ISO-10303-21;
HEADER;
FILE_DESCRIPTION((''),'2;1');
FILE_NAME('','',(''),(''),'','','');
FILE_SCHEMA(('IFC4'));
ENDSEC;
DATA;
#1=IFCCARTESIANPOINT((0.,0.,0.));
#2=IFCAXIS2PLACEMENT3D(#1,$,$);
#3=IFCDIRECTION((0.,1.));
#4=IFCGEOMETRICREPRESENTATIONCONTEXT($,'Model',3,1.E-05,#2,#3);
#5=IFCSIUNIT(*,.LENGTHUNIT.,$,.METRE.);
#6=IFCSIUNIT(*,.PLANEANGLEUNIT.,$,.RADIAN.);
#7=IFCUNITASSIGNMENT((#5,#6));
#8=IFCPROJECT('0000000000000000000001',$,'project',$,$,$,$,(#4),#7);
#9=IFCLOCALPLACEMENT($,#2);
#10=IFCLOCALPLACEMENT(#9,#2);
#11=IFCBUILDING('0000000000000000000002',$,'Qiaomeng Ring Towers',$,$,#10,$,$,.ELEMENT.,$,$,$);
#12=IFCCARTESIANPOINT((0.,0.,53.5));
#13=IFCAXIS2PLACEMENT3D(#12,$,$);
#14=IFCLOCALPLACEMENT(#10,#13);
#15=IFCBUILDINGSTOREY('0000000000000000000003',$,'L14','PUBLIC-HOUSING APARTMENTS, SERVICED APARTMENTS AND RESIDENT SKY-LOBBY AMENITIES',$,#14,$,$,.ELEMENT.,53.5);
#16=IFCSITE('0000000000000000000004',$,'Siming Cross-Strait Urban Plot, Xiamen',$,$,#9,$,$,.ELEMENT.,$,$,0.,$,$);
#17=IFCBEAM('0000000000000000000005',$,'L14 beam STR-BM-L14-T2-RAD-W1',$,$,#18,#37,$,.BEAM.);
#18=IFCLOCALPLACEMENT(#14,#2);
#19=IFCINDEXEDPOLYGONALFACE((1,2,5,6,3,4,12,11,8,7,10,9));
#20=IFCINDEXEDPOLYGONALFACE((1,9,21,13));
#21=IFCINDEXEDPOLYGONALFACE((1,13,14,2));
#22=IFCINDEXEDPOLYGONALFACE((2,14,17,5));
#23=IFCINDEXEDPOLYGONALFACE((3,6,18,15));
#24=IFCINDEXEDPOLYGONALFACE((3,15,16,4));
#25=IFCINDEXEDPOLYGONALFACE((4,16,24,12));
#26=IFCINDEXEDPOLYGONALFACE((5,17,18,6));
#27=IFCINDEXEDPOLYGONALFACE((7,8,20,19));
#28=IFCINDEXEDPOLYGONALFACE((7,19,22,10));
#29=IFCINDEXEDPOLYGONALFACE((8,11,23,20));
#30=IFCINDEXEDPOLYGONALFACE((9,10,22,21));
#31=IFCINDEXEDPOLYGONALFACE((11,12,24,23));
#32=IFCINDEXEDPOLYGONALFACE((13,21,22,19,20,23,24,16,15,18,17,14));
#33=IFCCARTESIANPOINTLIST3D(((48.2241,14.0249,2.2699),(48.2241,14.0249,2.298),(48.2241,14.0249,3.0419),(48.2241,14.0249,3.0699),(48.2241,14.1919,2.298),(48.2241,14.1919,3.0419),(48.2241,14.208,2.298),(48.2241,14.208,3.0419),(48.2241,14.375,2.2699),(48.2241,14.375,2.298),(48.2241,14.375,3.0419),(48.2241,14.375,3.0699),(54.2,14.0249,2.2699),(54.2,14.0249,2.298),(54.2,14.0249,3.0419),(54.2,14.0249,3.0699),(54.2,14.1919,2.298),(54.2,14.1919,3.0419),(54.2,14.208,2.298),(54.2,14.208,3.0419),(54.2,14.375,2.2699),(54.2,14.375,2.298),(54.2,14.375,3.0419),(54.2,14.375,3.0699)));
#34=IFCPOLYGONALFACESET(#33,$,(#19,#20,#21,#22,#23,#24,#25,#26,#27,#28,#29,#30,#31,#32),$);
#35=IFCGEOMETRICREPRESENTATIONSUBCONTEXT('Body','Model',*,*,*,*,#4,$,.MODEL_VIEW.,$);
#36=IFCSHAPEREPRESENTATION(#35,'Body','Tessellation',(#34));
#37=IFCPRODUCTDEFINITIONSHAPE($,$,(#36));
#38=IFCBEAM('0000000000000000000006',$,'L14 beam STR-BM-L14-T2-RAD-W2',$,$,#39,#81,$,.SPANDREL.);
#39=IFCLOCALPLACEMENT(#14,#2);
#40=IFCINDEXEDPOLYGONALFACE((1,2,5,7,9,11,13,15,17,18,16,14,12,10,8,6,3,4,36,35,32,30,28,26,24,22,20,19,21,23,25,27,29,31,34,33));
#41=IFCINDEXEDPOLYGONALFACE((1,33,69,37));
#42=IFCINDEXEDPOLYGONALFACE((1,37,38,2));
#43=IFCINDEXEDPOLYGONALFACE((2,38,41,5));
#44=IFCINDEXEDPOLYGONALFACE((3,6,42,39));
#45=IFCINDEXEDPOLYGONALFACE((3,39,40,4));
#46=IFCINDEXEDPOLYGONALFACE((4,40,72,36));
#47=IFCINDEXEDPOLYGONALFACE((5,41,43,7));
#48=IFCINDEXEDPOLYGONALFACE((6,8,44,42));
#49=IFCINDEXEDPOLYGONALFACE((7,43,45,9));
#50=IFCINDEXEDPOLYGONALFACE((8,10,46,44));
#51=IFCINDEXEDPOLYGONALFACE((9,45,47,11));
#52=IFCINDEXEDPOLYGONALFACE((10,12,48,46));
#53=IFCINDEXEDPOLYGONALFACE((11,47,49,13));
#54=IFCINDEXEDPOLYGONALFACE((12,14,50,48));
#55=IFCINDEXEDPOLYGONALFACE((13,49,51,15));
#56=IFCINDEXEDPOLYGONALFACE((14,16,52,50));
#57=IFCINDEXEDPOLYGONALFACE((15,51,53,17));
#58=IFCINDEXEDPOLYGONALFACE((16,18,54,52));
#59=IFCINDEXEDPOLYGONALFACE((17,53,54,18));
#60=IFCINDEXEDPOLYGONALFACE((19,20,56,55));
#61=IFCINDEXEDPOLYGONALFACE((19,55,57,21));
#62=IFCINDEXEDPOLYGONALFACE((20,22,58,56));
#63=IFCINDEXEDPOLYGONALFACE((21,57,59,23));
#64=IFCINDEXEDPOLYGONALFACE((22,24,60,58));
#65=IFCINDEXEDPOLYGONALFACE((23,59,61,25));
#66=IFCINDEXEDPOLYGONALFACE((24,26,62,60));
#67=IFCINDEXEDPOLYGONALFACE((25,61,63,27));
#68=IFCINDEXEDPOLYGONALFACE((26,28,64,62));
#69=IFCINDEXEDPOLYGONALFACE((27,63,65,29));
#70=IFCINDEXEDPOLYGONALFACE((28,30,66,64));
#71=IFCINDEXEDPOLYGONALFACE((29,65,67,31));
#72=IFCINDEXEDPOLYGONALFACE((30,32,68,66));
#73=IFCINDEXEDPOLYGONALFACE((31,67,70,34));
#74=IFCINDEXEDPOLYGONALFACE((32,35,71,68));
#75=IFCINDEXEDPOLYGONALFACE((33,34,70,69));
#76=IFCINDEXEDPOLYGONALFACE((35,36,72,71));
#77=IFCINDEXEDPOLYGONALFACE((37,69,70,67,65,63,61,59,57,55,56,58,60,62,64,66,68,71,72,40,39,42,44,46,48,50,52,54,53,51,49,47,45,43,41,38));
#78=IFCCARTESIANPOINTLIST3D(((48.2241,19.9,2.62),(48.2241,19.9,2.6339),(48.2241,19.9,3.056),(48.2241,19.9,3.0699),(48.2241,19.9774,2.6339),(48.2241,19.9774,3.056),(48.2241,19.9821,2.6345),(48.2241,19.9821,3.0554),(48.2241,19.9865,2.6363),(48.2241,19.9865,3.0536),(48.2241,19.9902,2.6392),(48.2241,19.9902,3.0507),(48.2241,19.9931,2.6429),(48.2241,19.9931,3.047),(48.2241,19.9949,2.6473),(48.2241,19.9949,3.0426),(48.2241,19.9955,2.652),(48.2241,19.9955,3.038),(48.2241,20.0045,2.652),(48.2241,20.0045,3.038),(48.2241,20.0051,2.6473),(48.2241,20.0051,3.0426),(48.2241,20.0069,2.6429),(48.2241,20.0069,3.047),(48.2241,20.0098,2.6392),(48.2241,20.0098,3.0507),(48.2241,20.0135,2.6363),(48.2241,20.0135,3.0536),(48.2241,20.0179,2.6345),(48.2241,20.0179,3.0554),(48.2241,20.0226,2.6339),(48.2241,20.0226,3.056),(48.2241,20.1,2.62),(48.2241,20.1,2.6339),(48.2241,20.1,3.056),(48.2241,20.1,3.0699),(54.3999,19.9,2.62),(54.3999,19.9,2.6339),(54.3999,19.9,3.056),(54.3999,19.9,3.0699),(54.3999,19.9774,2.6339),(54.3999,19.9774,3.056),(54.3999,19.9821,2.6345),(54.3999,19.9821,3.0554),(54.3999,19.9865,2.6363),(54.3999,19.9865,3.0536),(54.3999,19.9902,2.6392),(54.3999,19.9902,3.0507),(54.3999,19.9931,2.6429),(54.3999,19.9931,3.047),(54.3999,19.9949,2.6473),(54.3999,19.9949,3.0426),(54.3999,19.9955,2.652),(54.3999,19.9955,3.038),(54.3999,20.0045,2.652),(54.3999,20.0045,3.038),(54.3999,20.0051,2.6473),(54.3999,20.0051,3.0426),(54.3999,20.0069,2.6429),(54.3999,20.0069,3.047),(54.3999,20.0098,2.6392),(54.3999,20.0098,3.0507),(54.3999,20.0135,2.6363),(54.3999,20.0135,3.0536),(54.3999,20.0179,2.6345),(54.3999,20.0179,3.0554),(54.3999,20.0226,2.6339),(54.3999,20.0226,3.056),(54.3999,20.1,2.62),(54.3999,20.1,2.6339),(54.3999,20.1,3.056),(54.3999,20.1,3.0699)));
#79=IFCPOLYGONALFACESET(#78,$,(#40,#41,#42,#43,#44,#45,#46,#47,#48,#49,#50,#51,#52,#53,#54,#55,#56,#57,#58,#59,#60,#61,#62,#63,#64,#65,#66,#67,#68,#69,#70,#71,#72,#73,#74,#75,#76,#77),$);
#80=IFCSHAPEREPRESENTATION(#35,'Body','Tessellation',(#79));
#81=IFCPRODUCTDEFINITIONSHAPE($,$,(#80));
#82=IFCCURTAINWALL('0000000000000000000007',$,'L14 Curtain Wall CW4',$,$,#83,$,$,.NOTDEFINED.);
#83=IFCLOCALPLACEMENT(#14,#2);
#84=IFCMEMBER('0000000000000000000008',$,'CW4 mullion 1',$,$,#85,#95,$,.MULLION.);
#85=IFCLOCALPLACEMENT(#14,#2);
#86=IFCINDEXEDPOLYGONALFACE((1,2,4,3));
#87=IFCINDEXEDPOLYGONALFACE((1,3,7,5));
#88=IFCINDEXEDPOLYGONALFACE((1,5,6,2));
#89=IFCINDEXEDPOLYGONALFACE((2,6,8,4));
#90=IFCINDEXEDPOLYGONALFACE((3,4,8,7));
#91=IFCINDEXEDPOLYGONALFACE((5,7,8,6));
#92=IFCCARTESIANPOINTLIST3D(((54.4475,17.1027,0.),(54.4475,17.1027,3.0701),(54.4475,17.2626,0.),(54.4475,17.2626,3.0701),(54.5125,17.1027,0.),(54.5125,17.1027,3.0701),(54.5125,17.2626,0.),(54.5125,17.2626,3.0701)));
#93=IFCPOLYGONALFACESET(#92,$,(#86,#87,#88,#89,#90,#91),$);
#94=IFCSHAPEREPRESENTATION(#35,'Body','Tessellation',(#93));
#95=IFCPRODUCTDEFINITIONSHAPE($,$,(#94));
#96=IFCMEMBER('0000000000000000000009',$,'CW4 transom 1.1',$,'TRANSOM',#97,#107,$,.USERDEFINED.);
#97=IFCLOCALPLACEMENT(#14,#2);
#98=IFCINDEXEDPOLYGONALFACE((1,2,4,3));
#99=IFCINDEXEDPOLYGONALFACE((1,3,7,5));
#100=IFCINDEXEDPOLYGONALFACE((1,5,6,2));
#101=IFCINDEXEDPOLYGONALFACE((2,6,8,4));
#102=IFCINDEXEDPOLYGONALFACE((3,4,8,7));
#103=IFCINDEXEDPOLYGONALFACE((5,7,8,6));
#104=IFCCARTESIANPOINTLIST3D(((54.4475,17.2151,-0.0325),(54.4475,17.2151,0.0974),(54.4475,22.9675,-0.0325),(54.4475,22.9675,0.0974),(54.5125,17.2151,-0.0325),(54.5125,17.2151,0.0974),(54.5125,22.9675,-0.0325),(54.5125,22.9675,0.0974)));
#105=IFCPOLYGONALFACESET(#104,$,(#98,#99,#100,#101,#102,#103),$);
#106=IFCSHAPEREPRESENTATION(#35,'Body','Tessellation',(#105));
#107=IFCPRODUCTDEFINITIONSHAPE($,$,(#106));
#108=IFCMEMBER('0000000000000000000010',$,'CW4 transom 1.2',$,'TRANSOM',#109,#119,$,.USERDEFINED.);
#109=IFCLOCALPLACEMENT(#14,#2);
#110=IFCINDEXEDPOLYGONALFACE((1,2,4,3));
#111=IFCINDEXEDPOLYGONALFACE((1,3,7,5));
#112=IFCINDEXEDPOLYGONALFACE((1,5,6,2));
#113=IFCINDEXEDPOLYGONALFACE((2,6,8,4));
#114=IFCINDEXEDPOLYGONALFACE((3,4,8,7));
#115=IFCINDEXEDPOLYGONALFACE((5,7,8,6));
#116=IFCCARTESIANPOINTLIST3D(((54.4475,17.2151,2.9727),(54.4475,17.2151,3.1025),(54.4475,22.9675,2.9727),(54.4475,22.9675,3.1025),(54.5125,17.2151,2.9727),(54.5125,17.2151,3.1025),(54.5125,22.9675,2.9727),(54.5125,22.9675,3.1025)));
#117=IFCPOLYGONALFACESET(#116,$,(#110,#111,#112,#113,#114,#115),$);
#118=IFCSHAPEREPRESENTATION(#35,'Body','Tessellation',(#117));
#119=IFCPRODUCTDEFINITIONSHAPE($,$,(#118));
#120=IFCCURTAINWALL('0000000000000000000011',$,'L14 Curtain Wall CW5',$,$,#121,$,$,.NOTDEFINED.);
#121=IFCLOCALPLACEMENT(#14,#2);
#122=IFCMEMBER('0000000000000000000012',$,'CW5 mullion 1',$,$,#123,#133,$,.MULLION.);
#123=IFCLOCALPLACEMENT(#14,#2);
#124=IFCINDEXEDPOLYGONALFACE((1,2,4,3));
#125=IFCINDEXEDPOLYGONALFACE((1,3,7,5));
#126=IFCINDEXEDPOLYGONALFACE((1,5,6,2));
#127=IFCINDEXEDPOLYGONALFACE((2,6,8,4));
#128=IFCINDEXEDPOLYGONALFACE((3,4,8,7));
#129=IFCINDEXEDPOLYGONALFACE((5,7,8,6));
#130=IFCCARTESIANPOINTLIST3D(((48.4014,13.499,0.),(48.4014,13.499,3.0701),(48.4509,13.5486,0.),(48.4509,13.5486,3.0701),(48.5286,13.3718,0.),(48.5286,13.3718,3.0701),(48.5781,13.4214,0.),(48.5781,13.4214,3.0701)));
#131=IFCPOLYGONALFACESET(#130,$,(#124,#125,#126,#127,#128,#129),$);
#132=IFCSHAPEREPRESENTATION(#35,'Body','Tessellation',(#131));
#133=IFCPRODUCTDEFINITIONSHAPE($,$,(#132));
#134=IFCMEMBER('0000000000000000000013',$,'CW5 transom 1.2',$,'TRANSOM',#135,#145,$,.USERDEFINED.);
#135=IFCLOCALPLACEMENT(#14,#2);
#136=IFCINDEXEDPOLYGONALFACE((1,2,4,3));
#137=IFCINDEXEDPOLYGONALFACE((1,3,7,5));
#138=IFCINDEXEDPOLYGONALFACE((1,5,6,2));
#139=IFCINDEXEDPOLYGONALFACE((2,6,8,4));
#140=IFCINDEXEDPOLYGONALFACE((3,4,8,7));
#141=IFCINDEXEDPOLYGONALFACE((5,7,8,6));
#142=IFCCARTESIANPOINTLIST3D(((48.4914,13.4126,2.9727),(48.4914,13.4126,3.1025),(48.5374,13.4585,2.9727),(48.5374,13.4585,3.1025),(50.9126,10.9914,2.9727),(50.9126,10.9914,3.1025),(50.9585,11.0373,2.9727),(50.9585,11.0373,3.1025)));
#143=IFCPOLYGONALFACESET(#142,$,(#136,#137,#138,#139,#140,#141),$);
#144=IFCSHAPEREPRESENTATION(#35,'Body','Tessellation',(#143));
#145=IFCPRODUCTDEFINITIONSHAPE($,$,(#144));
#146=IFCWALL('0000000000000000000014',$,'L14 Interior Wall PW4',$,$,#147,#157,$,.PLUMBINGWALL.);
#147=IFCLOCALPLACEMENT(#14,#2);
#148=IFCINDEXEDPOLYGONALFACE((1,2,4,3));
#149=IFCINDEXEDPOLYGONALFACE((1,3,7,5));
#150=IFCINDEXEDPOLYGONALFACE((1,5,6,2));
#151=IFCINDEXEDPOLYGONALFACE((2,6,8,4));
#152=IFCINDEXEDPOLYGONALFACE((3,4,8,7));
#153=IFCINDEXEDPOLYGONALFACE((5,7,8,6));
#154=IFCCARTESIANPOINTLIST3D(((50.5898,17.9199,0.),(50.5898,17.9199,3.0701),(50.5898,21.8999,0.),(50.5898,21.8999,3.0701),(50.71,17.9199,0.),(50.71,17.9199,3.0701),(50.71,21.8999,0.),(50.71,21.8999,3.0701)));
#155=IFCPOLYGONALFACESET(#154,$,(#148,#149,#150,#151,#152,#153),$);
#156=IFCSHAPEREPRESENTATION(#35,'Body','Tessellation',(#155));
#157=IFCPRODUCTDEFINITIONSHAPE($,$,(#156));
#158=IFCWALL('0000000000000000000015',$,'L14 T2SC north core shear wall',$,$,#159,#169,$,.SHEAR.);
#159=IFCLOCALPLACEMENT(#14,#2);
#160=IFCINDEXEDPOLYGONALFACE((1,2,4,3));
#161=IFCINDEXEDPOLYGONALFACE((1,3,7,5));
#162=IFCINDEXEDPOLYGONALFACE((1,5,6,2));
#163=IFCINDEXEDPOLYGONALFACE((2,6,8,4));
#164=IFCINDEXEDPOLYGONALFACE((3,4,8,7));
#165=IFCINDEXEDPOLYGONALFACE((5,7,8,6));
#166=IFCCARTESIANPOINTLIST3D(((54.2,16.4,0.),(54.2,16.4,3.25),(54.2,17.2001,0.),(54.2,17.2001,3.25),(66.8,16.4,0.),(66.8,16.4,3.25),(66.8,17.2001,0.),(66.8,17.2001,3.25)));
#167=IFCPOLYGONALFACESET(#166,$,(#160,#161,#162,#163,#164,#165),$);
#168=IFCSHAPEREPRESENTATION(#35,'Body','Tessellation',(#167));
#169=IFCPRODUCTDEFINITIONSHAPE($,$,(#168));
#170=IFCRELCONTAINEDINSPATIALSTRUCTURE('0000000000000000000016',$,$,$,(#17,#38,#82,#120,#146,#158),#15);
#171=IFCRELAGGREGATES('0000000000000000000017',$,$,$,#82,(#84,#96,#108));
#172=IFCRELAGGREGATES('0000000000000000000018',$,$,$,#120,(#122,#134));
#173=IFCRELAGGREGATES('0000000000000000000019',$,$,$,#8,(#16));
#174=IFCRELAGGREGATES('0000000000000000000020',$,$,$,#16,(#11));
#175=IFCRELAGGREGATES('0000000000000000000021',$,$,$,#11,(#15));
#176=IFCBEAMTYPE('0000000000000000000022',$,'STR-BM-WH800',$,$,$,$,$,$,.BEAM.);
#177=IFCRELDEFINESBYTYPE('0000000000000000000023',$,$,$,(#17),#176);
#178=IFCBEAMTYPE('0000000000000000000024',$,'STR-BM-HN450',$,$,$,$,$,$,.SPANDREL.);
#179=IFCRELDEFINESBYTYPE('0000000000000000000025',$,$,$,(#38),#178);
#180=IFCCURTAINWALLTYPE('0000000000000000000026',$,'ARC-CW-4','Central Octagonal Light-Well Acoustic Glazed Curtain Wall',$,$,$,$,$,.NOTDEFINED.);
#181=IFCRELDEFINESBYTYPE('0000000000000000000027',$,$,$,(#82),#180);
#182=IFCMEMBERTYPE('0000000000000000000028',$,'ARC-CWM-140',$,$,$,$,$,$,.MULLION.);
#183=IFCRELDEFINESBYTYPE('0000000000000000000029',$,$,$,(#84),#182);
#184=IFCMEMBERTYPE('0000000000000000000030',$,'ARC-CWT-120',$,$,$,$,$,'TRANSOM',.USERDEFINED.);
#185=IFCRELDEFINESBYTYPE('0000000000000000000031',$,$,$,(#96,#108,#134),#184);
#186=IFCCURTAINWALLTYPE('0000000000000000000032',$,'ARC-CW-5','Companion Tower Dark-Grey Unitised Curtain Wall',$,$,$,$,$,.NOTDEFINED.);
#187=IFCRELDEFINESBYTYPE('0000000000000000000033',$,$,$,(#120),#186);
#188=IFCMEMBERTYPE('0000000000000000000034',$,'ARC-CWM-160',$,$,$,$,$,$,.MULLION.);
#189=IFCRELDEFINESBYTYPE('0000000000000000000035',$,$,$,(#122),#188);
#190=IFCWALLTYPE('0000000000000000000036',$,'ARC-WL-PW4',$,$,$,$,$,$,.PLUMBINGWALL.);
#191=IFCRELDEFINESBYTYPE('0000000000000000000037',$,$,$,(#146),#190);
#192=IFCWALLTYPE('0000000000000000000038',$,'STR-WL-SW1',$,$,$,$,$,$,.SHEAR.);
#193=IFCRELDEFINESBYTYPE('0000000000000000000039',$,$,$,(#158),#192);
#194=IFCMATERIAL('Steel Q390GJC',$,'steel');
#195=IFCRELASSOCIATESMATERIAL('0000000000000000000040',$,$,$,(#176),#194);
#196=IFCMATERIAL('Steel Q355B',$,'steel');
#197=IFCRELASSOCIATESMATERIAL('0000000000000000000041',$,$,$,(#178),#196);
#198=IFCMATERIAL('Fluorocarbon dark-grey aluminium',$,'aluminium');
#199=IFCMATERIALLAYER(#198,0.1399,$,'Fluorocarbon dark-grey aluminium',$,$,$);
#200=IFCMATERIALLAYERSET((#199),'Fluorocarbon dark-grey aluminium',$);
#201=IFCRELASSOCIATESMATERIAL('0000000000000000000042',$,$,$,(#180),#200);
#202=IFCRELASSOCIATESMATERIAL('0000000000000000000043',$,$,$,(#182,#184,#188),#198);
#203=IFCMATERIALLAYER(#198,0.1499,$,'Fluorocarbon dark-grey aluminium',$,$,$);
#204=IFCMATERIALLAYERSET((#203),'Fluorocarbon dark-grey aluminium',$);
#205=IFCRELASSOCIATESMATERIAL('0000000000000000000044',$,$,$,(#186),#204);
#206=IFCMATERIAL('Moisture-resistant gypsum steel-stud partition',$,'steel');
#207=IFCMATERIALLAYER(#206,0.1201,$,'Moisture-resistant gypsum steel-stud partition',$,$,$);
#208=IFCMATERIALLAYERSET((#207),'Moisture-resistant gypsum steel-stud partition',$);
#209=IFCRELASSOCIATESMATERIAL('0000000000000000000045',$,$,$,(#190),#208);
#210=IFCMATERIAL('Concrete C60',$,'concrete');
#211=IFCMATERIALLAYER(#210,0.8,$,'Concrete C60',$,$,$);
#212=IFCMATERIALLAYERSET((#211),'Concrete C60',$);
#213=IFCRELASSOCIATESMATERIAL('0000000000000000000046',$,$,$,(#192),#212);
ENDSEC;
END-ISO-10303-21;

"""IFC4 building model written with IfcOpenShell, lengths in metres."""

from ifc_helpers import new_model, si_unit, direction, frame, frame_2d, origin, origin_2d, place, context, subcontext, project, spatial, rectangle, i_section, extrude, source, transform, mapped, material, layer, layer_set, material_profile, profile_set, type_object, element, aggregate, save


model = new_model("IFC4")

# Units and contexts
model_context = context("Model", 3, precision=1e-05, world=origin(), true_north=direction((0.0, 1.0)))
body_context = subcontext(model_context, "Body", "Model", "MODEL_VIEW")
ifc_project = project(units=[si_unit("LENGTHUNIT", "METRE"), si_unit("PLANEANGLEUNIT", "RADIAN")], contexts=[model_context])

# Site, building, storey
site_placement = place(None, origin())
site = spatial("IfcSite", under=ifc_project, at=site_placement, Name="Siming Cross-Strait Urban Plot, Xiamen", CompositionType="ELEMENT", RefElevation=0.0)
building_placement = place(site_placement, origin())
building = spatial("IfcBuilding", under=site, at=building_placement, Name="Qiaomeng Ring Towers", CompositionType="ELEMENT")
storey_placement = place(building_placement, frame((0.0, 0.0, 53.5)))
storey = spatial("IfcBuildingStorey", under=building, at=storey_placement, Name="L14", Description="PUBLIC-HOUSING APARTMENTS, SERVICED APARTMENTS AND RESIDENT SKY-LOBBY AMENITIES", CompositionType="ELEMENT", Elevation=53.5)

# Shared definitions
ifc_material_1 = material(Name="Concrete C60", Category="concrete")

# Beams
ifc_material_2 = material(Name="Steel Q355B", Category="steel")
ifc_material_3 = material(Name="Steel Q390GJC", Category="steel")
ifc_material_profile_1 = material_profile(ifc_material_3, i_section(OverallWidth=0.3501, OverallDepth=0.8, WebThickness=0.0161, FlangeThickness=0.0281, at=origin_2d()), Name="WH 800x350x16x28")
ifc_profile_set_1 = profile_set([ifc_material_profile_1], Name="Steel Q390GJC")
beam_type_1 = type_object("IfcBeamType", Name="STR-BM-WH800", PredefinedType="BEAM", material=ifc_profile_set_1)
shared_shape_1 = source(origin(), body_context, "Body", "SweptSolid", [
    extrude(i_section(OverallWidth=0.3501, OverallDepth=0.8, WebThickness=0.0161, FlangeThickness=0.0281, at=origin_2d()), origin(), (0.0, 0.0, 1.0), 5.9758),
])
beam_1_placement = place(storey_placement, frame((48.2241, 14.2, 2.6699), z_axis=(1.0, 0.0, 0.0), x_axis=(0.0, 1.0, 0.0)))
element("IfcBeam", 1, at=beam_1_placement, inside=storey, type_object=beam_type_1, Name="L14 beam STR-BM-L14-T2-RAD-W1", PredefinedType="BEAM", context=body_context, shape_type="MappedRepresentation", body=[
    mapped(shared_shape_1, transform((0.0, 0.0, 0.0), x_axis=(1.0, 0.0, 0.0), y_axis=(0.0, 1.0, 0.0), z_axis=(0.0, 0.0, 1.0), scale=1.0)),
])
ifc_material_profile_2 = material_profile(ifc_material_2, i_section(OverallWidth=0.2, OverallDepth=0.45, WebThickness=0.009, FlangeThickness=0.0139, FilletRadius=0.0181, at=origin_2d()), Name="HN 450x200x9x14")
ifc_profile_set_2 = profile_set([ifc_material_profile_2], Name="Steel Q355B")
beam_type_2 = type_object("IfcBeamType", Name="STR-BM-HN450", PredefinedType="SPANDREL", material=ifc_profile_set_2)
shared_shape_2 = source(origin(), body_context, "Body", "SweptSolid", [
    extrude(i_section(OverallWidth=0.2, OverallDepth=0.45, WebThickness=0.009, FlangeThickness=0.0139, FilletRadius=0.0181, at=origin_2d()), origin(), (0.0, 0.0, 1.0), 6.1758),
])
beam_2_placement = place(storey_placement, frame((48.2241, 20.0, 2.845), z_axis=(1.0, 0.0, 0.0), x_axis=(0.0, 1.0, 0.0)))
element("IfcBeam", 2, at=beam_2_placement, inside=storey, type_object=beam_type_2, Name="L14 beam STR-BM-L14-T2-RAD-W2", PredefinedType="SPANDREL", context=body_context, shape_type="MappedRepresentation", body=[
    mapped(shared_shape_2, transform((0.0, 0.0, 0.0), x_axis=(1.0, 0.0, 0.0), y_axis=(0.0, 1.0, 0.0), z_axis=(0.0, 0.0, 1.0), scale=1.0)),
])

# Curtain walls, members
ifc_material_4 = material(Name="Fluorocarbon dark-grey aluminium", Category="aluminium")
ifc_layer_1 = layer(ifc_material_4, 0.1399, Name="Fluorocarbon dark-grey aluminium")
ifc_layer_set_1 = layer_set([ifc_layer_1], Name="Fluorocarbon dark-grey aluminium")
curtain_wall_type_1 = type_object("IfcCurtainWallType", Name="ARC-CW-4", Description="Central Octagonal Light-Well Acoustic Glazed Curtain Wall", PredefinedType="NOTDEFINED", material=ifc_layer_set_1)
curtain_wall_1_placement = place(storey_placement, origin())
curtain_wall_1 = element("IfcCurtainWall", 3, at=curtain_wall_1_placement, inside=storey, type_object=curtain_wall_type_1, Name="L14 Curtain Wall CW4", PredefinedType="NOTDEFINED")
ifc_material_profile_3 = material_profile(ifc_material_4, rectangle(XDim=0.0649, YDim=0.1599, at=origin_2d()), Name="ALU MULL 65x160")
ifc_profile_set_3 = profile_set([ifc_material_profile_3], Name="Fluorocarbon dark-grey aluminium")
member_type_1 = type_object("IfcMemberType", Name="ARC-CWM-140", PredefinedType="MULLION", material=ifc_profile_set_3)
shared_shape_3 = source(origin(), body_context, "Body", "SweptSolid", [
    extrude(rectangle(XDim=0.0649, YDim=0.1599, at=origin_2d()), origin(), (0.0, 0.0, 1.0), 3.0701),
])
member_1_placement = place(storey_placement, frame((54.48, 17.1826, 0.0), z_axis=(0.0, 0.0, 1.0), x_axis=(-1.0, 0.0, 0.0)))
member_1 = element("IfcMember", 4, at=member_1_placement, type_object=member_type_1, Name="CW4 mullion 1", PredefinedType="MULLION", context=body_context, shape_type="MappedRepresentation", body=[
    mapped(shared_shape_3, transform((0.0, 0.0, 0.0), x_axis=(1.0, 0.0, 0.0), y_axis=(0.0, 1.0, 0.0), z_axis=(0.0, 0.0, 1.0), scale=1.0)),
])
ifc_material_profile_4 = material_profile(ifc_material_4, rectangle(XDim=0.0649, YDim=0.1299, at=origin_2d()), Name="ALU TRAN 65x130")
ifc_profile_set_4 = profile_set([ifc_material_profile_4], Name="Fluorocarbon dark-grey aluminium")
member_type_2 = type_object("IfcMemberType", Name="ARC-CWT-120", ElementType="TRANSOM", PredefinedType="USERDEFINED", material=ifc_profile_set_4)
shared_shape_4 = source(origin(), body_context, "Body", "SweptSolid", [
    extrude(rectangle(XDim=0.0649, YDim=0.1299, at=origin_2d()), origin(), (0.0, 0.0, 1.0), 5.7524),
])
member_2_placement = place(storey_placement, frame((54.48, 17.2151, 0.0325), z_axis=(0.0, 1.0, 0.0), x_axis=(-1.0, 0.0, 0.0)))
member_2 = element("IfcMember", 5, at=member_2_placement, type_object=member_type_2, Name="CW4 transom 1.1", ObjectType="TRANSOM", PredefinedType="USERDEFINED", context=body_context, shape_type="MappedRepresentation", body=[
    mapped(shared_shape_4, transform((0.0, 0.0, 0.0), x_axis=(1.0, 0.0, 0.0), y_axis=(0.0, 1.0, 0.0), z_axis=(0.0, 0.0, 1.0), scale=1.0)),
])
member_3_placement = place(storey_placement, frame((54.48, 17.2151, 3.0376), z_axis=(0.0, 1.0, 0.0), x_axis=(-1.0, 0.0, 0.0)))
member_3 = element("IfcMember", 6, at=member_3_placement, type_object=member_type_2, Name="CW4 transom 1.2", ObjectType="TRANSOM", PredefinedType="USERDEFINED", context=body_context, shape_type="MappedRepresentation", body=[
    mapped(shared_shape_4, transform((0.0, 0.0, 0.0), x_axis=(1.0, 0.0, 0.0), y_axis=(0.0, 1.0, 0.0), z_axis=(0.0, 0.0, 1.0), scale=1.0)),
])
aggregate(curtain_wall_1, [member_1, member_2, member_3])
ifc_layer_2 = layer(ifc_material_4, 0.1499, Name="Fluorocarbon dark-grey aluminium")
ifc_layer_set_2 = layer_set([ifc_layer_2], Name="Fluorocarbon dark-grey aluminium")
curtain_wall_type_2 = type_object("IfcCurtainWallType", Name="ARC-CW-5", Description="Companion Tower Dark-Grey Unitised Curtain Wall", PredefinedType="NOTDEFINED", material=ifc_layer_set_2)
curtain_wall_2_placement = place(storey_placement, origin())
curtain_wall_2 = element("IfcCurtainWall", 7, at=curtain_wall_2_placement, inside=storey, type_object=curtain_wall_type_2, Name="L14 Curtain Wall CW5", PredefinedType="NOTDEFINED")
ifc_material_profile_5 = material_profile(ifc_material_4, rectangle(XDim=0.0701, YDim=0.1799, at=origin_2d()), Name="ALU MULL 70x180")
ifc_profile_set_5 = profile_set([ifc_material_profile_5], Name="Fluorocarbon dark-grey aluminium")
member_type_3 = type_object("IfcMemberType", Name="ARC-CWM-160", PredefinedType="MULLION", material=ifc_profile_set_5)
shared_shape_5 = source(origin(), body_context, "Body", "SweptSolid", [
    extrude(rectangle(XDim=0.0701, YDim=0.1799, at=origin_2d()), origin(), (0.0, 0.0, 1.0), 3.0701),
])
member_4_placement = place(storey_placement, frame((48.4897, 13.4602, 0.0), z_axis=(0.0, 0.0, 1.0), x_axis=(0.707107, 0.707107, 0.0)))
member_4 = element("IfcMember", 8, at=member_4_placement, type_object=member_type_3, Name="CW5 mullion 1", PredefinedType="MULLION", context=body_context, shape_type="MappedRepresentation", body=[
    mapped(shared_shape_5, transform((0.0, 0.0, 0.0), x_axis=(1.0, 0.0, 0.0), y_axis=(0.0, 1.0, 0.0), z_axis=(0.0, 0.0, 1.0), scale=1.0)),
])
shared_shape_6 = source(origin(), body_context, "Body", "SweptSolid", [
    extrude(rectangle(XDim=0.0649, YDim=0.1299, at=origin_2d()), origin(), (0.0, 0.0, 1.0), 3.4241),
])
member_5_placement = place(storey_placement, frame((48.5144, 13.4355, 3.0376), z_axis=(0.707107, -0.707107, 0.0), x_axis=(0.707107, 0.707107, 0.0)))
member_5 = element("IfcMember", 9, at=member_5_placement, type_object=member_type_2, Name="CW5 transom 1.2", ObjectType="TRANSOM", PredefinedType="USERDEFINED", context=body_context, shape_type="MappedRepresentation", body=[
    mapped(shared_shape_6, transform((0.0, 0.0, 0.0), x_axis=(1.0, 0.0, 0.0), y_axis=(0.0, 1.0, 0.0), z_axis=(0.0, 0.0, 1.0), scale=1.0)),
])
aggregate(curtain_wall_2, [member_4, member_5])

# Walls
ifc_material_5 = material(Name="Moisture-resistant gypsum steel-stud partition", Category="steel")
ifc_layer_3 = layer(ifc_material_5, 0.1201, Name="Moisture-resistant gypsum steel-stud partition")
ifc_layer_set_3 = layer_set([ifc_layer_3], Name="Moisture-resistant gypsum steel-stud partition")
wall_type_1 = type_object("IfcWallType", Name="ARC-WL-PW4", PredefinedType="PLUMBINGWALL", material=ifc_layer_set_3)
wall_1_placement = place(storey_placement, frame((50.6499, 17.9199, 0.0), z_axis=(0.0, 0.0, 1.0), x_axis=(0.0, 1.0, 0.0)))
element("IfcWall", 10, at=wall_1_placement, inside=storey, type_object=wall_type_1, Name="L14 Interior Wall PW4", PredefinedType="PLUMBINGWALL", context=body_context, shape_type="SweptSolid", body=[
    extrude(rectangle(XDim=3.98, YDim=0.1201, at=frame_2d((1.99, 0.0))), origin(), (0.0, 0.0, 1.0), 3.0701),
])
ifc_layer_4 = layer(ifc_material_1, 0.8, Name="Concrete C60")
ifc_layer_set_4 = layer_set([ifc_layer_4], Name="Concrete C60")
wall_type_2 = type_object("IfcWallType", Name="STR-WL-SW1", PredefinedType="SHEAR", material=ifc_layer_set_4)
wall_2_placement = place(storey_placement, frame((54.2, 16.8, 0.0), z_axis=(0.0, 0.0, 1.0), x_axis=(1.0, 0.0, 0.0)))
element("IfcWall", 11, at=wall_2_placement, inside=storey, type_object=wall_type_2, Name="L14 T2SC north core shear wall", PredefinedType="SHEAR", context=body_context, shape_type="SweptSolid", body=[
    extrude(rectangle(XDim=12.6001, YDim=0.8, at=frame_2d((6.3, 0.0))), origin(), (0.0, 0.0, 1.0), 3.25),
])

save(model, "model.ifc")
